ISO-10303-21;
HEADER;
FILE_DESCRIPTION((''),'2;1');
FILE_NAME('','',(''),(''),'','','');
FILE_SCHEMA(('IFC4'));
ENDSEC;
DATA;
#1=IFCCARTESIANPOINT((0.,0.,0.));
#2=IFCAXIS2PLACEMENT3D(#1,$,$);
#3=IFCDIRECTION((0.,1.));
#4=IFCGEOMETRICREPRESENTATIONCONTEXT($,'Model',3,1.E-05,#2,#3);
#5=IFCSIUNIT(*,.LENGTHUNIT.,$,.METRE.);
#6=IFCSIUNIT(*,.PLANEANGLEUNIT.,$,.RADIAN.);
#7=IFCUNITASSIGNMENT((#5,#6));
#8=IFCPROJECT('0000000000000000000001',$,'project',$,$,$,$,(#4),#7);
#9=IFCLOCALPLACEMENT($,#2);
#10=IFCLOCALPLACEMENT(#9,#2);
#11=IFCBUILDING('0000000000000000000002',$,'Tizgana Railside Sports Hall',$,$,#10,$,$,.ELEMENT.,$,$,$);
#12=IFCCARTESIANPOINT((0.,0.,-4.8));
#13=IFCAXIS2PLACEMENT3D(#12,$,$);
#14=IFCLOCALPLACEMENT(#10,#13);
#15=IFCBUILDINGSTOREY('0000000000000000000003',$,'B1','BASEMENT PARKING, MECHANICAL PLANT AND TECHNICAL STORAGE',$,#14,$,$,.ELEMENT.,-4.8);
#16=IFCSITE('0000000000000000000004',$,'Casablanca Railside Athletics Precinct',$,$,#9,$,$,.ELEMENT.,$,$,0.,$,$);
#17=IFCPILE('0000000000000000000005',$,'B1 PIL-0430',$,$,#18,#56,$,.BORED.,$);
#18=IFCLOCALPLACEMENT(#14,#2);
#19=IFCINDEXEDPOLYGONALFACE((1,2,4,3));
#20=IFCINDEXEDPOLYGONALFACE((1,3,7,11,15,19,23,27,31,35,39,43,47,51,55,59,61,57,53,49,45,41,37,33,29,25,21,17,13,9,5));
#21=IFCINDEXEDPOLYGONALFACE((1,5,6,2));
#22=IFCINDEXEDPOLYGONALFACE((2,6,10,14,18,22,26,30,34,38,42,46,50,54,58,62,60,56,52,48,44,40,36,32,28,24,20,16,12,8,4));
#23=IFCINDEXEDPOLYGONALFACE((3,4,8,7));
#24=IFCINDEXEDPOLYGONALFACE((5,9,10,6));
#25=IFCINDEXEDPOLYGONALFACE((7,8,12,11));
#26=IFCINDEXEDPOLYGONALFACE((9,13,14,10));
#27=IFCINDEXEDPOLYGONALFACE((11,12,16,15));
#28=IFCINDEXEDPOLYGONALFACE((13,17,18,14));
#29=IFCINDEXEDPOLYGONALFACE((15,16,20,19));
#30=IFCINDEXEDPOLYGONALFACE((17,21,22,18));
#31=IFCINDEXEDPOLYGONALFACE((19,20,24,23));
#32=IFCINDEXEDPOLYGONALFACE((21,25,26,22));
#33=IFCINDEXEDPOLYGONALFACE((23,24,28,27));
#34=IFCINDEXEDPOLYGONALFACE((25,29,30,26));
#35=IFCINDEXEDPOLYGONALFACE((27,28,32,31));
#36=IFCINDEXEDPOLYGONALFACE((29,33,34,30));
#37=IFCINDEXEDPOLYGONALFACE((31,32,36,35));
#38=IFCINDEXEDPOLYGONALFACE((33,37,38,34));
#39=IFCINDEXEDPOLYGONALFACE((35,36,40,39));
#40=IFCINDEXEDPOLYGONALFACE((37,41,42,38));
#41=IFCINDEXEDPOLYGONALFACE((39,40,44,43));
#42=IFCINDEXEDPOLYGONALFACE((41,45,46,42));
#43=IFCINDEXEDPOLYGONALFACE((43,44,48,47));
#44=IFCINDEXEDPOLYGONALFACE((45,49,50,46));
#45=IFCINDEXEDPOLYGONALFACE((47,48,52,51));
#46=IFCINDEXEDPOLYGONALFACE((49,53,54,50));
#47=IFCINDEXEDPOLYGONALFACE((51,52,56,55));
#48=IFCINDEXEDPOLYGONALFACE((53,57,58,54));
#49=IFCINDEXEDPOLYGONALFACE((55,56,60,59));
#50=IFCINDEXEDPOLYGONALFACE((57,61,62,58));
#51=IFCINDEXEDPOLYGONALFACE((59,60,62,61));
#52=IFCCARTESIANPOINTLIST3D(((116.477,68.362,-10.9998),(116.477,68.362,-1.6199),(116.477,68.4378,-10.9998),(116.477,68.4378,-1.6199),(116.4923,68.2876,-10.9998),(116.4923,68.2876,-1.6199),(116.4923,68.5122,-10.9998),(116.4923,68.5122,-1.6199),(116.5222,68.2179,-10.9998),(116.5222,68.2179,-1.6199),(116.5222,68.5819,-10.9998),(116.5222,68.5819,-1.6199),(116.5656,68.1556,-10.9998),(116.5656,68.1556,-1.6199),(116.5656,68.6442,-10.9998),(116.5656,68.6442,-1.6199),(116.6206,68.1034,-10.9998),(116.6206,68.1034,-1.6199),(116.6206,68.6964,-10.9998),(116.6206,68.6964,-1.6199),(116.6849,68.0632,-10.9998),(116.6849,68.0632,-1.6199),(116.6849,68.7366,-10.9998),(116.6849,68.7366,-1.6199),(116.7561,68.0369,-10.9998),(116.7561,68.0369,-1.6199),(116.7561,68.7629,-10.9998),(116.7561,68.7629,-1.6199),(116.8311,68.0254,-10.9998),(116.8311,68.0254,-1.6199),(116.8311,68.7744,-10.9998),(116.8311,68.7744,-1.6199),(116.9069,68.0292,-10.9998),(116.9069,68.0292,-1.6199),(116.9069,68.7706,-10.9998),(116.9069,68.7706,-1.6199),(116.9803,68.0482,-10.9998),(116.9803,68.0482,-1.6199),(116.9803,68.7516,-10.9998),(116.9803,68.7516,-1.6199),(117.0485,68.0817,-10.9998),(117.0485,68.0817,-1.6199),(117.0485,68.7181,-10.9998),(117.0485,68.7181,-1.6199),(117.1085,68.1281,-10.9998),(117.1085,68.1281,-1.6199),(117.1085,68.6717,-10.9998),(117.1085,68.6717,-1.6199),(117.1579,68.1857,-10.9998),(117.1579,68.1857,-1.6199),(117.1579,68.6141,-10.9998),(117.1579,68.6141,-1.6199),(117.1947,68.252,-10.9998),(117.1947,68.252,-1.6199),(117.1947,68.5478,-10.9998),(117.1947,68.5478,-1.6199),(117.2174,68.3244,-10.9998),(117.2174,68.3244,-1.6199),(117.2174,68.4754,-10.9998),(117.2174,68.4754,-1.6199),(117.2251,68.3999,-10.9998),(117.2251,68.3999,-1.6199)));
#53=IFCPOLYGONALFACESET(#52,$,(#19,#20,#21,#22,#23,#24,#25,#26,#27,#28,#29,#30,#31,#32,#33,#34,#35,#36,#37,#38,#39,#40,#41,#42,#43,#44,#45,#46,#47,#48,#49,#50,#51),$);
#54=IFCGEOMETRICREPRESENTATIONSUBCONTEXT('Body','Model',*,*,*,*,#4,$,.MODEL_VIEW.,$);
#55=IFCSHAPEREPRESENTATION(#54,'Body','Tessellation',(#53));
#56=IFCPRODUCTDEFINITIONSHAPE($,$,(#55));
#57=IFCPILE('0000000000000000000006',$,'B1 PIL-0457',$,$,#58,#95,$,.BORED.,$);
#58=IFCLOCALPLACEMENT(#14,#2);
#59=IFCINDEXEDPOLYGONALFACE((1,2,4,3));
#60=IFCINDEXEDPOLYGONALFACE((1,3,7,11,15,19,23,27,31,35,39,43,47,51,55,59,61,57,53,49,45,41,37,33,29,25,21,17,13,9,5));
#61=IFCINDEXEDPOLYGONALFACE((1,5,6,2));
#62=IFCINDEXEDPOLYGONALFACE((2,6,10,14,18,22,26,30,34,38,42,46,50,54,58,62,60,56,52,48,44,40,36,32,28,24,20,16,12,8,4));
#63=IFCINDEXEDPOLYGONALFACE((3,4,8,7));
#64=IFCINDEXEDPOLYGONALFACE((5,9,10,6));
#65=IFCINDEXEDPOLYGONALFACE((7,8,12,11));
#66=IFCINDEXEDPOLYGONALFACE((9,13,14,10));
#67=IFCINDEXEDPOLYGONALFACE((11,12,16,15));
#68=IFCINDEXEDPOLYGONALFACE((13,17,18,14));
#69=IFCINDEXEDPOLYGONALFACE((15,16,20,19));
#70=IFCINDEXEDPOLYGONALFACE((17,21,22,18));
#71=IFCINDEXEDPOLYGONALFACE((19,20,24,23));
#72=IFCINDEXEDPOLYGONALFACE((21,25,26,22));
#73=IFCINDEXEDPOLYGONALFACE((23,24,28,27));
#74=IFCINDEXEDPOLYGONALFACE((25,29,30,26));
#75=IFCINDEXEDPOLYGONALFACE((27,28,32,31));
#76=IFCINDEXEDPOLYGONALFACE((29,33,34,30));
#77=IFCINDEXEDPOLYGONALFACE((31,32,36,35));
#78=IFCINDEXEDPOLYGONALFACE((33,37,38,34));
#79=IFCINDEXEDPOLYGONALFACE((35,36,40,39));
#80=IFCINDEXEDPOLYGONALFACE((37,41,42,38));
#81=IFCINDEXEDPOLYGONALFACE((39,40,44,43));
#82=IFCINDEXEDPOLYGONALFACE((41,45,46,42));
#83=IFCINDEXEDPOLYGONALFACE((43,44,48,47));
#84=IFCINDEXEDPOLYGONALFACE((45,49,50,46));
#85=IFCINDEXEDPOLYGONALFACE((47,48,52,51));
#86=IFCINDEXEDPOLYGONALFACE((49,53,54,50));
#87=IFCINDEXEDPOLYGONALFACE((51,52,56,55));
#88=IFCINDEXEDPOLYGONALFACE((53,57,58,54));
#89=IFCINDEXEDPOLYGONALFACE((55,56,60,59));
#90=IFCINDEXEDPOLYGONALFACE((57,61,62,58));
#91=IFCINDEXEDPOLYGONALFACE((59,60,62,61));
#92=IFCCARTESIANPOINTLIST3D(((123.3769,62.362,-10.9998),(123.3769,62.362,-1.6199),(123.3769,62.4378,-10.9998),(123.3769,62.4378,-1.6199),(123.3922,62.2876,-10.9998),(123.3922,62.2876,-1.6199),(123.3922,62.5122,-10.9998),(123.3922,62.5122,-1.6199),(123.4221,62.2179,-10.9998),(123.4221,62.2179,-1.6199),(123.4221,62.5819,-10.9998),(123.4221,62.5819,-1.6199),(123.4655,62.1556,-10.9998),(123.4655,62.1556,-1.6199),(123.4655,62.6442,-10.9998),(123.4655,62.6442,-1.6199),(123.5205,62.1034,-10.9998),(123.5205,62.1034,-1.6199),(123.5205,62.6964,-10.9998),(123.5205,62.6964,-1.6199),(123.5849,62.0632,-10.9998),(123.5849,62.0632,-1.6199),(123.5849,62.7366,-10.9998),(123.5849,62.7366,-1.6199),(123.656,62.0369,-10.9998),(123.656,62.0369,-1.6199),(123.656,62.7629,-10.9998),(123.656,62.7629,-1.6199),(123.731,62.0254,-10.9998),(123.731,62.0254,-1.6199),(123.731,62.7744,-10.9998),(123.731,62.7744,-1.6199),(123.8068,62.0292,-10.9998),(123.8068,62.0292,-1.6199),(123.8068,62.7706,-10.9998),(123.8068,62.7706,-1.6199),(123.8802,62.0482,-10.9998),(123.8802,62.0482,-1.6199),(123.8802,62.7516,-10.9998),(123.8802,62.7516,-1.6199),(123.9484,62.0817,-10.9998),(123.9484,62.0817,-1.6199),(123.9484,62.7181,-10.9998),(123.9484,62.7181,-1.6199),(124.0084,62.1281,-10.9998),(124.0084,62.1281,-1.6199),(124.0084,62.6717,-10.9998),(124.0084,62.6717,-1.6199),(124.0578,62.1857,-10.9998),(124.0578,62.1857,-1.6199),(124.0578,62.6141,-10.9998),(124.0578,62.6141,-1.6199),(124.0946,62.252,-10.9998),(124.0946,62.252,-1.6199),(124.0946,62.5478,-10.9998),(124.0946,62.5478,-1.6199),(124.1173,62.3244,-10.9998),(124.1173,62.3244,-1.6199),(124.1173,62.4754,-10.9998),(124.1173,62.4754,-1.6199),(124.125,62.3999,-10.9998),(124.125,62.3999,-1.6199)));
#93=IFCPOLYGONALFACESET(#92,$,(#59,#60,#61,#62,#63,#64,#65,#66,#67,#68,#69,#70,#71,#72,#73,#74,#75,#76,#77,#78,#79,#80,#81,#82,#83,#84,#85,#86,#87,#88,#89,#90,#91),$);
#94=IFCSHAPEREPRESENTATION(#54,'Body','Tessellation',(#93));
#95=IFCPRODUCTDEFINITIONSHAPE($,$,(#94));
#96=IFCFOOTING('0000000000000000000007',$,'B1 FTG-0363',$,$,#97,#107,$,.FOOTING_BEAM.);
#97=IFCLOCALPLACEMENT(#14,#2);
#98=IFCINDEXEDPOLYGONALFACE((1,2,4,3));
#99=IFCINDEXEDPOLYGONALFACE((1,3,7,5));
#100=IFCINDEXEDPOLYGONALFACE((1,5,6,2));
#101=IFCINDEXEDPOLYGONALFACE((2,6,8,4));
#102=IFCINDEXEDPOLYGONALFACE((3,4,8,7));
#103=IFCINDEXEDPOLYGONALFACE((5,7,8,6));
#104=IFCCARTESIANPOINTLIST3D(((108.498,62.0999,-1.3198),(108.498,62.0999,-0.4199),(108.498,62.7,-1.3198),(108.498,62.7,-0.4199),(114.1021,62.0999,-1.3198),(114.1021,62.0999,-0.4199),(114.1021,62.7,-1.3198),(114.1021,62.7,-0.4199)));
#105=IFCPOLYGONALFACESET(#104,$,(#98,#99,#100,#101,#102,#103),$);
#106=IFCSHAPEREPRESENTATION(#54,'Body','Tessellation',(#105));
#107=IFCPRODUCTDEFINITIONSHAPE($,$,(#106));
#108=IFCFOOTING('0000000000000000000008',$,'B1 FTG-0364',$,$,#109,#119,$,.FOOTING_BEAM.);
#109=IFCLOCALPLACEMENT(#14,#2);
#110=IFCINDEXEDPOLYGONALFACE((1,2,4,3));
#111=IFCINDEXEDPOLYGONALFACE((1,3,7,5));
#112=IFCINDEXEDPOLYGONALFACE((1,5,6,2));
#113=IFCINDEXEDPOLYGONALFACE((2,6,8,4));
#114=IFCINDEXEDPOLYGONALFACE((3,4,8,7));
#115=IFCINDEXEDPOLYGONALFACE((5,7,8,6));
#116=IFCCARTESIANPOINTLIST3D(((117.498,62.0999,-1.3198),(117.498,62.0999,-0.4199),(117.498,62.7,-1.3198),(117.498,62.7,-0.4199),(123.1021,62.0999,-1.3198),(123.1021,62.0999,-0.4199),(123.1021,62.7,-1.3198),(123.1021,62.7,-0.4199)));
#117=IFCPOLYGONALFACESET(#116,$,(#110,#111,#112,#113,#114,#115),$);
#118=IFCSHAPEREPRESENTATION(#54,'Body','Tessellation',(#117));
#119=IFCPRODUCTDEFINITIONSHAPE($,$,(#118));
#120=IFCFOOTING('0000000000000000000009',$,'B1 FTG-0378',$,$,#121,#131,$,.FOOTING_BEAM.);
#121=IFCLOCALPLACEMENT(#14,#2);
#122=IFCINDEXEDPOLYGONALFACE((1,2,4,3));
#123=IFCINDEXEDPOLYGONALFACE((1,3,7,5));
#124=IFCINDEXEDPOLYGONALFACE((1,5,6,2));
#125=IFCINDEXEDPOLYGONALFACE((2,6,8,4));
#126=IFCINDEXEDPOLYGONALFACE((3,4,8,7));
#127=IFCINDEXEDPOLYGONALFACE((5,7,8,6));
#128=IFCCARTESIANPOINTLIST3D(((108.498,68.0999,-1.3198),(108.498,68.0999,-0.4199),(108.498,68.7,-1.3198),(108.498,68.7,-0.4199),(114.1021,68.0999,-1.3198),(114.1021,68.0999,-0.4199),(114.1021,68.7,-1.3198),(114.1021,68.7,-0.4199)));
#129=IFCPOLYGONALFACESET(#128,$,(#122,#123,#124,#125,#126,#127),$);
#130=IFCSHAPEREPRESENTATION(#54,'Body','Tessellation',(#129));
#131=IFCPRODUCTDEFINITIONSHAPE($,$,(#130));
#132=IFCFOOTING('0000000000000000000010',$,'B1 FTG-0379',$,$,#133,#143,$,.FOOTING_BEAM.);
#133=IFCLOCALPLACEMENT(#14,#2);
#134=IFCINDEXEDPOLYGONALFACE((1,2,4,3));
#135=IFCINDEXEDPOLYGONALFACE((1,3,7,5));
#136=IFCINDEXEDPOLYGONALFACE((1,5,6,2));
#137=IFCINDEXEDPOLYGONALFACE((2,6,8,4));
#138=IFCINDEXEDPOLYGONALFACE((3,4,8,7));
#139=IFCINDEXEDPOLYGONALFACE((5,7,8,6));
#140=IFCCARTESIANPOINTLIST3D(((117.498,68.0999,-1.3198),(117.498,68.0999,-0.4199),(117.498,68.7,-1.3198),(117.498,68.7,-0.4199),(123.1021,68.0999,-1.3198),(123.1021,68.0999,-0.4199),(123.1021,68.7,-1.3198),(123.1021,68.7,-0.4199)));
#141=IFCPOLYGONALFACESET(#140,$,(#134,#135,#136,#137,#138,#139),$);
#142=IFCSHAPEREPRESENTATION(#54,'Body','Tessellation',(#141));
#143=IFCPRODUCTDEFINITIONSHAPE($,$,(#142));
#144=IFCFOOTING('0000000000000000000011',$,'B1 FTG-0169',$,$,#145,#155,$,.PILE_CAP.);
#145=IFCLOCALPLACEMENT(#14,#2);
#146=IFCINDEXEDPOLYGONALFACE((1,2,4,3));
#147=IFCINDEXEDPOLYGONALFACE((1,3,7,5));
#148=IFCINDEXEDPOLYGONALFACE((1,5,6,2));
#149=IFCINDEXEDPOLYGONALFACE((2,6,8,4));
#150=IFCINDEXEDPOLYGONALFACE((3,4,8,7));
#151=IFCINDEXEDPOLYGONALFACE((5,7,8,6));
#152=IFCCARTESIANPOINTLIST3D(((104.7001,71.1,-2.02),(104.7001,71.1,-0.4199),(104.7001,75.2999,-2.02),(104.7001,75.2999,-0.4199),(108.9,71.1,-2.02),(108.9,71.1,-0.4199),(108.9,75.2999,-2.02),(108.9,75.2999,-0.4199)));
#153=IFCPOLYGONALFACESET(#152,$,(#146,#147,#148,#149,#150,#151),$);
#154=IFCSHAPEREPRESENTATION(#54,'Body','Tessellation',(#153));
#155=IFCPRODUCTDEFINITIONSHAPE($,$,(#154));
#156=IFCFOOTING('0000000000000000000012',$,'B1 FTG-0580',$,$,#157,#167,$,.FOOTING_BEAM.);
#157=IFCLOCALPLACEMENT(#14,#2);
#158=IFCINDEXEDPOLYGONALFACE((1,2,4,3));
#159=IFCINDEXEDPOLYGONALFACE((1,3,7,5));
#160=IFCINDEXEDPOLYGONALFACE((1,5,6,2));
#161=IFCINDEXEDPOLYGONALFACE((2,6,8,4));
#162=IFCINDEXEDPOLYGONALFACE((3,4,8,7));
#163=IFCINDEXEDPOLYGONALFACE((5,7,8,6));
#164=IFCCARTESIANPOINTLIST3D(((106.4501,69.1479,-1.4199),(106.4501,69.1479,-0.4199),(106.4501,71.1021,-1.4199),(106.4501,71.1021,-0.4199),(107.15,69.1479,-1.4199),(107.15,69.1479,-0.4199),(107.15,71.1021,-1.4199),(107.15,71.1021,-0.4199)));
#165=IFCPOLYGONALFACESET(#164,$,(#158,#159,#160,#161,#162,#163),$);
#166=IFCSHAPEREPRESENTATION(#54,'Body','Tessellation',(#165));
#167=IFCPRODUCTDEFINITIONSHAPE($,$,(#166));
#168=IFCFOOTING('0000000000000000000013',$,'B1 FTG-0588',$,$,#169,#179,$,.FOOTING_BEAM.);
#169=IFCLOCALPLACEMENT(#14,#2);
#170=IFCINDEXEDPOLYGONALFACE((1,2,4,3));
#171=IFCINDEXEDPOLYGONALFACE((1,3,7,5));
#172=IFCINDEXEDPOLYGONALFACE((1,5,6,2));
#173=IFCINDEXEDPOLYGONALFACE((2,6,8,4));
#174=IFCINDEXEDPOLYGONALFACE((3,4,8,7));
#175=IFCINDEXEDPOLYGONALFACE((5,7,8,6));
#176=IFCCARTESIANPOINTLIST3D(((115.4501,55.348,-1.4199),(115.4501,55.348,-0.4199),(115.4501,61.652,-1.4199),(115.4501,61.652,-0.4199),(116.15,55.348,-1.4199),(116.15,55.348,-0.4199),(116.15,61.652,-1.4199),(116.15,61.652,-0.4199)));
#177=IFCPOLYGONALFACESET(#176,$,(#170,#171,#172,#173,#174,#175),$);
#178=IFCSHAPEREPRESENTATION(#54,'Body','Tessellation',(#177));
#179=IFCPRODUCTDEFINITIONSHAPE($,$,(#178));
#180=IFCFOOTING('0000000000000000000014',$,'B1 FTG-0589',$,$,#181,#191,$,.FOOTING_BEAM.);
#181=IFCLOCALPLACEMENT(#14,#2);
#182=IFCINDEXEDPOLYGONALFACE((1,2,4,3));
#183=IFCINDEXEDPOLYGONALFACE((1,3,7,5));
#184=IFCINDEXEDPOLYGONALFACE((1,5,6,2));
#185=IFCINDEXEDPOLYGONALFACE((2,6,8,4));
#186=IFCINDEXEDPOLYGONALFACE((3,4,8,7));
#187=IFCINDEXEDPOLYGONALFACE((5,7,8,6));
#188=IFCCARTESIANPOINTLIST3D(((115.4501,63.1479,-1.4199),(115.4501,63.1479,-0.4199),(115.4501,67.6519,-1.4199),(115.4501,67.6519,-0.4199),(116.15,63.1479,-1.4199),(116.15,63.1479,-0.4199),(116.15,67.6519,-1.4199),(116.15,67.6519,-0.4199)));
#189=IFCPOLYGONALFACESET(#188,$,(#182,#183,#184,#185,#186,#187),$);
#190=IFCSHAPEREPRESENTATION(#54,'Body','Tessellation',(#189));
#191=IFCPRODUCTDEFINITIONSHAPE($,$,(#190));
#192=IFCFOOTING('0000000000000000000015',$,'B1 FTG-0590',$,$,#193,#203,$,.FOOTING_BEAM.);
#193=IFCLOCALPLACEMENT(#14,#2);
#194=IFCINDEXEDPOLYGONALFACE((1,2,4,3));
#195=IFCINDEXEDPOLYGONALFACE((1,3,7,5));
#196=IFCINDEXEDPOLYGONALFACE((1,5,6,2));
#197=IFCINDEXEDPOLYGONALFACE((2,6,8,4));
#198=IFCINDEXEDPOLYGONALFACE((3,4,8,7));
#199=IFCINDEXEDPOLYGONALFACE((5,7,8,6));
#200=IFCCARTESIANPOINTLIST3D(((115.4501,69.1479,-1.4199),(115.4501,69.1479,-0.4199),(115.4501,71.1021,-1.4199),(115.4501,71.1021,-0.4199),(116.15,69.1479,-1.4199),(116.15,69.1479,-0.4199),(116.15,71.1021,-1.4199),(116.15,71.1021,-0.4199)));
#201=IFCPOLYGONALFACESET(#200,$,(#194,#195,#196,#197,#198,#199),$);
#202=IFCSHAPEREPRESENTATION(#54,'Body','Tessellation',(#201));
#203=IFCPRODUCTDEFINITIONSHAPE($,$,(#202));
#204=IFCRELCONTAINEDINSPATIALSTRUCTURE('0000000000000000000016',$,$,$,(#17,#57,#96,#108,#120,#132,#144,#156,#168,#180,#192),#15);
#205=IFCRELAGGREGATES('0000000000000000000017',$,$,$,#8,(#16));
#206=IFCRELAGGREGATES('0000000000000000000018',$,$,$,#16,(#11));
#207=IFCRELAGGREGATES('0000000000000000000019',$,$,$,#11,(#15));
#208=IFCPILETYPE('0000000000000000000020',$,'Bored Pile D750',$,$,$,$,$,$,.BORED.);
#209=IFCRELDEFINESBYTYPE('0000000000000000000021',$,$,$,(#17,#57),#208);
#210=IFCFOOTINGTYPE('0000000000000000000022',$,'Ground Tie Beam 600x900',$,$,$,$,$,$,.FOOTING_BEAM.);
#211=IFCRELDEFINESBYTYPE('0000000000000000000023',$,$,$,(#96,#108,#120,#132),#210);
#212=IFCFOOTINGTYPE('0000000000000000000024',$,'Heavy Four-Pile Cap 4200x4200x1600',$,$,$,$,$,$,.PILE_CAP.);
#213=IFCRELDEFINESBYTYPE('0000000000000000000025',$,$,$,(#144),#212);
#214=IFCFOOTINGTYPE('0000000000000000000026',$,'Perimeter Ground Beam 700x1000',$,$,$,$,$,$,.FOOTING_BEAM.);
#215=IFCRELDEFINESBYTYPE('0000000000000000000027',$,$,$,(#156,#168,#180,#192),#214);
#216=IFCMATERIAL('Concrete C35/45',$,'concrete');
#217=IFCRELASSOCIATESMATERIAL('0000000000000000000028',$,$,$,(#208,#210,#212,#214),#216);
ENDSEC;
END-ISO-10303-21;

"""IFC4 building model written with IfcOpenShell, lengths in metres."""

from ifc_helpers import new_model, si_unit, direction, frame, origin, origin_2d, place, context, subcontext, project, spatial, rectangle, circle, extrude, material, material_profile, profile_set, type_object, element, save


model = new_model("IFC4")

# Units and contexts
model_context = context("Model", 3, precision=1e-05, world=origin(), true_north=direction((0.0, 1.0)))
body_context = subcontext(model_context, "Body", "Model", "MODEL_VIEW")
ifc_project = project(units=[si_unit("LENGTHUNIT", "METRE"), si_unit("PLANEANGLEUNIT", "RADIAN")], contexts=[model_context])

# Site, building, storey
site_placement = place(None, origin())
site = spatial("IfcSite", under=ifc_project, at=site_placement, Name="Casablanca Railside Athletics Precinct", CompositionType="ELEMENT", RefElevation=0.0)
building_placement = place(site_placement, origin())
building = spatial("IfcBuilding", under=site, at=building_placement, Name="Tizgana Railside Sports Hall", CompositionType="ELEMENT")
storey_placement = place(building_placement, frame((0.0, 0.0, -4.8)))
storey = spatial("IfcBuildingStorey", under=building, at=storey_placement, Name="B1", Description="BASEMENT PARKING, MECHANICAL PLANT AND TECHNICAL STORAGE", CompositionType="ELEMENT", Elevation=-4.8)

# Piles
ifc_material_1 = material(Name="Concrete C35/45", Category="concrete")
ifc_material_profile_1 = material_profile(ifc_material_1, circle(Radius=0.375, at=origin_2d()), Name="PILE D750")
ifc_profile_set_1 = profile_set([ifc_material_profile_1], Name="Concrete C35/45")
pile_type_1 = type_object("IfcPileType", Name="Bored Pile D750", PredefinedType="BORED", material=ifc_profile_set_1)
for number, where, z_axis, x_axis, name in (
    (1, (116.8501, 68.3999, -1.6199), (0.0, 0.0, -1.0), (1.0, 0.0, 0.0), "B1 PIL-0430"),
    (2, (123.75, 62.3999, -1.6199), (0.0, 0.0, -1.0), (1.0, 0.0, 0.0), "B1 PIL-0457"),
):
    element("IfcPile", number, at=place(storey_placement, frame(where, z_axis=z_axis, x_axis=x_axis)), inside=storey, type_object=pile_type_1, Name=name, PredefinedType="BORED", context=body_context, shape_type="SweptSolid", body=[
        extrude(circle(Radius=0.375, at=origin_2d()), origin(), (0.0, 0.0, 1.0), 9.3799),
    ])

# Footings
footing_type_1 = type_object("IfcFootingType", Name="Ground Tie Beam 600x900", PredefinedType="FOOTING_BEAM", material=ifc_material_1)
for number, where, z_axis, x_axis, name in (
    (3, (111.3, 62.3999, -1.3198), (0.0, 0.0, 1.0), (1.0, 0.0, 0.0), "B1 FTG-0363"),
    (4, (120.3, 62.3999, -1.3198), (0.0, 0.0, 1.0), (1.0, 0.0, 0.0), "B1 FTG-0364"),
    (5, (111.3, 68.3999, -1.3198), (0.0, 0.0, 1.0), (1.0, 0.0, 0.0), "B1 FTG-0378"),
    (6, (120.3, 68.3999, -1.3198), (0.0, 0.0, 1.0), (1.0, 0.0, 0.0), "B1 FTG-0379"),
):
    element("IfcFooting", number, at=place(storey_placement, frame(where, z_axis=z_axis, x_axis=x_axis)), inside=storey, type_object=footing_type_1, Name=name, PredefinedType="FOOTING_BEAM", context=body_context, shape_type="SweptSolid", body=[
        extrude(rectangle(XDim=5.604, YDim=0.6001, at=origin_2d()), origin(), (0.0, 0.0, 1.0), 0.8999),
    ])
footing_type_2 = type_object("IfcFootingType", Name="Heavy Four-Pile Cap 4200x4200x1600", PredefinedType="PILE_CAP", material=ifc_material_1)
footing_1_placement = place(storey_placement, frame((106.8, 73.2, -2.02), z_axis=(0.0, 0.0, 1.0), x_axis=(1.0, 0.0, 0.0)))
element("IfcFooting", 7, at=footing_1_placement, inside=storey, type_object=footing_type_2, Name="B1 FTG-0169", PredefinedType="PILE_CAP", context=body_context, shape_type="SweptSolid", body=[
    extrude(rectangle(XDim=4.2, YDim=4.2, at=origin_2d()), origin(), (0.0, 0.0, 1.0), 1.6001),
])
footing_type_3 = type_object("IfcFootingType", Name="Perimeter Ground Beam 700x1000", PredefinedType="FOOTING_BEAM", material=ifc_material_1)
footing_2_placement = place(storey_placement, frame((106.8, 70.125, -1.4199), z_axis=(0.0, 0.0, 1.0), x_axis=(0.0, 1.0, 0.0)))
element("IfcFooting", 8, at=footing_2_placement, inside=storey, type_object=footing_type_3, Name="B1 FTG-0580", PredefinedType="FOOTING_BEAM", context=body_context, shape_type="SweptSolid", body=[
    extrude(rectangle(XDim=1.9541, YDim=0.7, at=origin_2d()), origin(), (0.0, 0.0, 1.0), 1.0),
])
footing_3_placement = place(storey_placement, frame((115.8, 58.5, -1.4199), z_axis=(0.0, 0.0, 1.0), x_axis=(0.0, 1.0, 0.0)))
element("IfcFooting", 9, at=footing_3_placement, inside=storey, type_object=footing_type_3, Name="B1 FTG-0588", PredefinedType="FOOTING_BEAM", context=body_context, shape_type="SweptSolid", body=[
    extrude(rectangle(XDim=6.304, YDim=0.7, at=origin_2d()), origin(), (0.0, 0.0, 1.0), 1.0),
])
footing_4_placement = place(storey_placement, frame((115.8, 65.3999, -1.4199), z_axis=(0.0, 0.0, 1.0), x_axis=(0.0, 1.0, 0.0)))
element("IfcFooting", 10, at=footing_4_placement, inside=storey, type_object=footing_type_3, Name="B1 FTG-0589", PredefinedType="FOOTING_BEAM", context=body_context, shape_type="SweptSolid", body=[
    extrude(rectangle(XDim=4.5039, YDim=0.7, at=origin_2d()), origin(), (0.0, 0.0, 1.0), 1.0),
])
footing_5_placement = place(storey_placement, frame((115.8, 70.125, -1.4199), z_axis=(0.0, 0.0, 1.0), x_axis=(0.0, 1.0, 0.0)))
element("IfcFooting", 11, at=footing_5_placement, inside=storey, type_object=footing_type_3, Name="B1 FTG-0590", PredefinedType="FOOTING_BEAM", context=body_context, shape_type="SweptSolid", body=[
    extrude(rectangle(XDim=1.9541, YDim=0.7, at=origin_2d()), origin(), (0.0, 0.0, 1.0), 1.0),
])

save(model, "model.ifc")
